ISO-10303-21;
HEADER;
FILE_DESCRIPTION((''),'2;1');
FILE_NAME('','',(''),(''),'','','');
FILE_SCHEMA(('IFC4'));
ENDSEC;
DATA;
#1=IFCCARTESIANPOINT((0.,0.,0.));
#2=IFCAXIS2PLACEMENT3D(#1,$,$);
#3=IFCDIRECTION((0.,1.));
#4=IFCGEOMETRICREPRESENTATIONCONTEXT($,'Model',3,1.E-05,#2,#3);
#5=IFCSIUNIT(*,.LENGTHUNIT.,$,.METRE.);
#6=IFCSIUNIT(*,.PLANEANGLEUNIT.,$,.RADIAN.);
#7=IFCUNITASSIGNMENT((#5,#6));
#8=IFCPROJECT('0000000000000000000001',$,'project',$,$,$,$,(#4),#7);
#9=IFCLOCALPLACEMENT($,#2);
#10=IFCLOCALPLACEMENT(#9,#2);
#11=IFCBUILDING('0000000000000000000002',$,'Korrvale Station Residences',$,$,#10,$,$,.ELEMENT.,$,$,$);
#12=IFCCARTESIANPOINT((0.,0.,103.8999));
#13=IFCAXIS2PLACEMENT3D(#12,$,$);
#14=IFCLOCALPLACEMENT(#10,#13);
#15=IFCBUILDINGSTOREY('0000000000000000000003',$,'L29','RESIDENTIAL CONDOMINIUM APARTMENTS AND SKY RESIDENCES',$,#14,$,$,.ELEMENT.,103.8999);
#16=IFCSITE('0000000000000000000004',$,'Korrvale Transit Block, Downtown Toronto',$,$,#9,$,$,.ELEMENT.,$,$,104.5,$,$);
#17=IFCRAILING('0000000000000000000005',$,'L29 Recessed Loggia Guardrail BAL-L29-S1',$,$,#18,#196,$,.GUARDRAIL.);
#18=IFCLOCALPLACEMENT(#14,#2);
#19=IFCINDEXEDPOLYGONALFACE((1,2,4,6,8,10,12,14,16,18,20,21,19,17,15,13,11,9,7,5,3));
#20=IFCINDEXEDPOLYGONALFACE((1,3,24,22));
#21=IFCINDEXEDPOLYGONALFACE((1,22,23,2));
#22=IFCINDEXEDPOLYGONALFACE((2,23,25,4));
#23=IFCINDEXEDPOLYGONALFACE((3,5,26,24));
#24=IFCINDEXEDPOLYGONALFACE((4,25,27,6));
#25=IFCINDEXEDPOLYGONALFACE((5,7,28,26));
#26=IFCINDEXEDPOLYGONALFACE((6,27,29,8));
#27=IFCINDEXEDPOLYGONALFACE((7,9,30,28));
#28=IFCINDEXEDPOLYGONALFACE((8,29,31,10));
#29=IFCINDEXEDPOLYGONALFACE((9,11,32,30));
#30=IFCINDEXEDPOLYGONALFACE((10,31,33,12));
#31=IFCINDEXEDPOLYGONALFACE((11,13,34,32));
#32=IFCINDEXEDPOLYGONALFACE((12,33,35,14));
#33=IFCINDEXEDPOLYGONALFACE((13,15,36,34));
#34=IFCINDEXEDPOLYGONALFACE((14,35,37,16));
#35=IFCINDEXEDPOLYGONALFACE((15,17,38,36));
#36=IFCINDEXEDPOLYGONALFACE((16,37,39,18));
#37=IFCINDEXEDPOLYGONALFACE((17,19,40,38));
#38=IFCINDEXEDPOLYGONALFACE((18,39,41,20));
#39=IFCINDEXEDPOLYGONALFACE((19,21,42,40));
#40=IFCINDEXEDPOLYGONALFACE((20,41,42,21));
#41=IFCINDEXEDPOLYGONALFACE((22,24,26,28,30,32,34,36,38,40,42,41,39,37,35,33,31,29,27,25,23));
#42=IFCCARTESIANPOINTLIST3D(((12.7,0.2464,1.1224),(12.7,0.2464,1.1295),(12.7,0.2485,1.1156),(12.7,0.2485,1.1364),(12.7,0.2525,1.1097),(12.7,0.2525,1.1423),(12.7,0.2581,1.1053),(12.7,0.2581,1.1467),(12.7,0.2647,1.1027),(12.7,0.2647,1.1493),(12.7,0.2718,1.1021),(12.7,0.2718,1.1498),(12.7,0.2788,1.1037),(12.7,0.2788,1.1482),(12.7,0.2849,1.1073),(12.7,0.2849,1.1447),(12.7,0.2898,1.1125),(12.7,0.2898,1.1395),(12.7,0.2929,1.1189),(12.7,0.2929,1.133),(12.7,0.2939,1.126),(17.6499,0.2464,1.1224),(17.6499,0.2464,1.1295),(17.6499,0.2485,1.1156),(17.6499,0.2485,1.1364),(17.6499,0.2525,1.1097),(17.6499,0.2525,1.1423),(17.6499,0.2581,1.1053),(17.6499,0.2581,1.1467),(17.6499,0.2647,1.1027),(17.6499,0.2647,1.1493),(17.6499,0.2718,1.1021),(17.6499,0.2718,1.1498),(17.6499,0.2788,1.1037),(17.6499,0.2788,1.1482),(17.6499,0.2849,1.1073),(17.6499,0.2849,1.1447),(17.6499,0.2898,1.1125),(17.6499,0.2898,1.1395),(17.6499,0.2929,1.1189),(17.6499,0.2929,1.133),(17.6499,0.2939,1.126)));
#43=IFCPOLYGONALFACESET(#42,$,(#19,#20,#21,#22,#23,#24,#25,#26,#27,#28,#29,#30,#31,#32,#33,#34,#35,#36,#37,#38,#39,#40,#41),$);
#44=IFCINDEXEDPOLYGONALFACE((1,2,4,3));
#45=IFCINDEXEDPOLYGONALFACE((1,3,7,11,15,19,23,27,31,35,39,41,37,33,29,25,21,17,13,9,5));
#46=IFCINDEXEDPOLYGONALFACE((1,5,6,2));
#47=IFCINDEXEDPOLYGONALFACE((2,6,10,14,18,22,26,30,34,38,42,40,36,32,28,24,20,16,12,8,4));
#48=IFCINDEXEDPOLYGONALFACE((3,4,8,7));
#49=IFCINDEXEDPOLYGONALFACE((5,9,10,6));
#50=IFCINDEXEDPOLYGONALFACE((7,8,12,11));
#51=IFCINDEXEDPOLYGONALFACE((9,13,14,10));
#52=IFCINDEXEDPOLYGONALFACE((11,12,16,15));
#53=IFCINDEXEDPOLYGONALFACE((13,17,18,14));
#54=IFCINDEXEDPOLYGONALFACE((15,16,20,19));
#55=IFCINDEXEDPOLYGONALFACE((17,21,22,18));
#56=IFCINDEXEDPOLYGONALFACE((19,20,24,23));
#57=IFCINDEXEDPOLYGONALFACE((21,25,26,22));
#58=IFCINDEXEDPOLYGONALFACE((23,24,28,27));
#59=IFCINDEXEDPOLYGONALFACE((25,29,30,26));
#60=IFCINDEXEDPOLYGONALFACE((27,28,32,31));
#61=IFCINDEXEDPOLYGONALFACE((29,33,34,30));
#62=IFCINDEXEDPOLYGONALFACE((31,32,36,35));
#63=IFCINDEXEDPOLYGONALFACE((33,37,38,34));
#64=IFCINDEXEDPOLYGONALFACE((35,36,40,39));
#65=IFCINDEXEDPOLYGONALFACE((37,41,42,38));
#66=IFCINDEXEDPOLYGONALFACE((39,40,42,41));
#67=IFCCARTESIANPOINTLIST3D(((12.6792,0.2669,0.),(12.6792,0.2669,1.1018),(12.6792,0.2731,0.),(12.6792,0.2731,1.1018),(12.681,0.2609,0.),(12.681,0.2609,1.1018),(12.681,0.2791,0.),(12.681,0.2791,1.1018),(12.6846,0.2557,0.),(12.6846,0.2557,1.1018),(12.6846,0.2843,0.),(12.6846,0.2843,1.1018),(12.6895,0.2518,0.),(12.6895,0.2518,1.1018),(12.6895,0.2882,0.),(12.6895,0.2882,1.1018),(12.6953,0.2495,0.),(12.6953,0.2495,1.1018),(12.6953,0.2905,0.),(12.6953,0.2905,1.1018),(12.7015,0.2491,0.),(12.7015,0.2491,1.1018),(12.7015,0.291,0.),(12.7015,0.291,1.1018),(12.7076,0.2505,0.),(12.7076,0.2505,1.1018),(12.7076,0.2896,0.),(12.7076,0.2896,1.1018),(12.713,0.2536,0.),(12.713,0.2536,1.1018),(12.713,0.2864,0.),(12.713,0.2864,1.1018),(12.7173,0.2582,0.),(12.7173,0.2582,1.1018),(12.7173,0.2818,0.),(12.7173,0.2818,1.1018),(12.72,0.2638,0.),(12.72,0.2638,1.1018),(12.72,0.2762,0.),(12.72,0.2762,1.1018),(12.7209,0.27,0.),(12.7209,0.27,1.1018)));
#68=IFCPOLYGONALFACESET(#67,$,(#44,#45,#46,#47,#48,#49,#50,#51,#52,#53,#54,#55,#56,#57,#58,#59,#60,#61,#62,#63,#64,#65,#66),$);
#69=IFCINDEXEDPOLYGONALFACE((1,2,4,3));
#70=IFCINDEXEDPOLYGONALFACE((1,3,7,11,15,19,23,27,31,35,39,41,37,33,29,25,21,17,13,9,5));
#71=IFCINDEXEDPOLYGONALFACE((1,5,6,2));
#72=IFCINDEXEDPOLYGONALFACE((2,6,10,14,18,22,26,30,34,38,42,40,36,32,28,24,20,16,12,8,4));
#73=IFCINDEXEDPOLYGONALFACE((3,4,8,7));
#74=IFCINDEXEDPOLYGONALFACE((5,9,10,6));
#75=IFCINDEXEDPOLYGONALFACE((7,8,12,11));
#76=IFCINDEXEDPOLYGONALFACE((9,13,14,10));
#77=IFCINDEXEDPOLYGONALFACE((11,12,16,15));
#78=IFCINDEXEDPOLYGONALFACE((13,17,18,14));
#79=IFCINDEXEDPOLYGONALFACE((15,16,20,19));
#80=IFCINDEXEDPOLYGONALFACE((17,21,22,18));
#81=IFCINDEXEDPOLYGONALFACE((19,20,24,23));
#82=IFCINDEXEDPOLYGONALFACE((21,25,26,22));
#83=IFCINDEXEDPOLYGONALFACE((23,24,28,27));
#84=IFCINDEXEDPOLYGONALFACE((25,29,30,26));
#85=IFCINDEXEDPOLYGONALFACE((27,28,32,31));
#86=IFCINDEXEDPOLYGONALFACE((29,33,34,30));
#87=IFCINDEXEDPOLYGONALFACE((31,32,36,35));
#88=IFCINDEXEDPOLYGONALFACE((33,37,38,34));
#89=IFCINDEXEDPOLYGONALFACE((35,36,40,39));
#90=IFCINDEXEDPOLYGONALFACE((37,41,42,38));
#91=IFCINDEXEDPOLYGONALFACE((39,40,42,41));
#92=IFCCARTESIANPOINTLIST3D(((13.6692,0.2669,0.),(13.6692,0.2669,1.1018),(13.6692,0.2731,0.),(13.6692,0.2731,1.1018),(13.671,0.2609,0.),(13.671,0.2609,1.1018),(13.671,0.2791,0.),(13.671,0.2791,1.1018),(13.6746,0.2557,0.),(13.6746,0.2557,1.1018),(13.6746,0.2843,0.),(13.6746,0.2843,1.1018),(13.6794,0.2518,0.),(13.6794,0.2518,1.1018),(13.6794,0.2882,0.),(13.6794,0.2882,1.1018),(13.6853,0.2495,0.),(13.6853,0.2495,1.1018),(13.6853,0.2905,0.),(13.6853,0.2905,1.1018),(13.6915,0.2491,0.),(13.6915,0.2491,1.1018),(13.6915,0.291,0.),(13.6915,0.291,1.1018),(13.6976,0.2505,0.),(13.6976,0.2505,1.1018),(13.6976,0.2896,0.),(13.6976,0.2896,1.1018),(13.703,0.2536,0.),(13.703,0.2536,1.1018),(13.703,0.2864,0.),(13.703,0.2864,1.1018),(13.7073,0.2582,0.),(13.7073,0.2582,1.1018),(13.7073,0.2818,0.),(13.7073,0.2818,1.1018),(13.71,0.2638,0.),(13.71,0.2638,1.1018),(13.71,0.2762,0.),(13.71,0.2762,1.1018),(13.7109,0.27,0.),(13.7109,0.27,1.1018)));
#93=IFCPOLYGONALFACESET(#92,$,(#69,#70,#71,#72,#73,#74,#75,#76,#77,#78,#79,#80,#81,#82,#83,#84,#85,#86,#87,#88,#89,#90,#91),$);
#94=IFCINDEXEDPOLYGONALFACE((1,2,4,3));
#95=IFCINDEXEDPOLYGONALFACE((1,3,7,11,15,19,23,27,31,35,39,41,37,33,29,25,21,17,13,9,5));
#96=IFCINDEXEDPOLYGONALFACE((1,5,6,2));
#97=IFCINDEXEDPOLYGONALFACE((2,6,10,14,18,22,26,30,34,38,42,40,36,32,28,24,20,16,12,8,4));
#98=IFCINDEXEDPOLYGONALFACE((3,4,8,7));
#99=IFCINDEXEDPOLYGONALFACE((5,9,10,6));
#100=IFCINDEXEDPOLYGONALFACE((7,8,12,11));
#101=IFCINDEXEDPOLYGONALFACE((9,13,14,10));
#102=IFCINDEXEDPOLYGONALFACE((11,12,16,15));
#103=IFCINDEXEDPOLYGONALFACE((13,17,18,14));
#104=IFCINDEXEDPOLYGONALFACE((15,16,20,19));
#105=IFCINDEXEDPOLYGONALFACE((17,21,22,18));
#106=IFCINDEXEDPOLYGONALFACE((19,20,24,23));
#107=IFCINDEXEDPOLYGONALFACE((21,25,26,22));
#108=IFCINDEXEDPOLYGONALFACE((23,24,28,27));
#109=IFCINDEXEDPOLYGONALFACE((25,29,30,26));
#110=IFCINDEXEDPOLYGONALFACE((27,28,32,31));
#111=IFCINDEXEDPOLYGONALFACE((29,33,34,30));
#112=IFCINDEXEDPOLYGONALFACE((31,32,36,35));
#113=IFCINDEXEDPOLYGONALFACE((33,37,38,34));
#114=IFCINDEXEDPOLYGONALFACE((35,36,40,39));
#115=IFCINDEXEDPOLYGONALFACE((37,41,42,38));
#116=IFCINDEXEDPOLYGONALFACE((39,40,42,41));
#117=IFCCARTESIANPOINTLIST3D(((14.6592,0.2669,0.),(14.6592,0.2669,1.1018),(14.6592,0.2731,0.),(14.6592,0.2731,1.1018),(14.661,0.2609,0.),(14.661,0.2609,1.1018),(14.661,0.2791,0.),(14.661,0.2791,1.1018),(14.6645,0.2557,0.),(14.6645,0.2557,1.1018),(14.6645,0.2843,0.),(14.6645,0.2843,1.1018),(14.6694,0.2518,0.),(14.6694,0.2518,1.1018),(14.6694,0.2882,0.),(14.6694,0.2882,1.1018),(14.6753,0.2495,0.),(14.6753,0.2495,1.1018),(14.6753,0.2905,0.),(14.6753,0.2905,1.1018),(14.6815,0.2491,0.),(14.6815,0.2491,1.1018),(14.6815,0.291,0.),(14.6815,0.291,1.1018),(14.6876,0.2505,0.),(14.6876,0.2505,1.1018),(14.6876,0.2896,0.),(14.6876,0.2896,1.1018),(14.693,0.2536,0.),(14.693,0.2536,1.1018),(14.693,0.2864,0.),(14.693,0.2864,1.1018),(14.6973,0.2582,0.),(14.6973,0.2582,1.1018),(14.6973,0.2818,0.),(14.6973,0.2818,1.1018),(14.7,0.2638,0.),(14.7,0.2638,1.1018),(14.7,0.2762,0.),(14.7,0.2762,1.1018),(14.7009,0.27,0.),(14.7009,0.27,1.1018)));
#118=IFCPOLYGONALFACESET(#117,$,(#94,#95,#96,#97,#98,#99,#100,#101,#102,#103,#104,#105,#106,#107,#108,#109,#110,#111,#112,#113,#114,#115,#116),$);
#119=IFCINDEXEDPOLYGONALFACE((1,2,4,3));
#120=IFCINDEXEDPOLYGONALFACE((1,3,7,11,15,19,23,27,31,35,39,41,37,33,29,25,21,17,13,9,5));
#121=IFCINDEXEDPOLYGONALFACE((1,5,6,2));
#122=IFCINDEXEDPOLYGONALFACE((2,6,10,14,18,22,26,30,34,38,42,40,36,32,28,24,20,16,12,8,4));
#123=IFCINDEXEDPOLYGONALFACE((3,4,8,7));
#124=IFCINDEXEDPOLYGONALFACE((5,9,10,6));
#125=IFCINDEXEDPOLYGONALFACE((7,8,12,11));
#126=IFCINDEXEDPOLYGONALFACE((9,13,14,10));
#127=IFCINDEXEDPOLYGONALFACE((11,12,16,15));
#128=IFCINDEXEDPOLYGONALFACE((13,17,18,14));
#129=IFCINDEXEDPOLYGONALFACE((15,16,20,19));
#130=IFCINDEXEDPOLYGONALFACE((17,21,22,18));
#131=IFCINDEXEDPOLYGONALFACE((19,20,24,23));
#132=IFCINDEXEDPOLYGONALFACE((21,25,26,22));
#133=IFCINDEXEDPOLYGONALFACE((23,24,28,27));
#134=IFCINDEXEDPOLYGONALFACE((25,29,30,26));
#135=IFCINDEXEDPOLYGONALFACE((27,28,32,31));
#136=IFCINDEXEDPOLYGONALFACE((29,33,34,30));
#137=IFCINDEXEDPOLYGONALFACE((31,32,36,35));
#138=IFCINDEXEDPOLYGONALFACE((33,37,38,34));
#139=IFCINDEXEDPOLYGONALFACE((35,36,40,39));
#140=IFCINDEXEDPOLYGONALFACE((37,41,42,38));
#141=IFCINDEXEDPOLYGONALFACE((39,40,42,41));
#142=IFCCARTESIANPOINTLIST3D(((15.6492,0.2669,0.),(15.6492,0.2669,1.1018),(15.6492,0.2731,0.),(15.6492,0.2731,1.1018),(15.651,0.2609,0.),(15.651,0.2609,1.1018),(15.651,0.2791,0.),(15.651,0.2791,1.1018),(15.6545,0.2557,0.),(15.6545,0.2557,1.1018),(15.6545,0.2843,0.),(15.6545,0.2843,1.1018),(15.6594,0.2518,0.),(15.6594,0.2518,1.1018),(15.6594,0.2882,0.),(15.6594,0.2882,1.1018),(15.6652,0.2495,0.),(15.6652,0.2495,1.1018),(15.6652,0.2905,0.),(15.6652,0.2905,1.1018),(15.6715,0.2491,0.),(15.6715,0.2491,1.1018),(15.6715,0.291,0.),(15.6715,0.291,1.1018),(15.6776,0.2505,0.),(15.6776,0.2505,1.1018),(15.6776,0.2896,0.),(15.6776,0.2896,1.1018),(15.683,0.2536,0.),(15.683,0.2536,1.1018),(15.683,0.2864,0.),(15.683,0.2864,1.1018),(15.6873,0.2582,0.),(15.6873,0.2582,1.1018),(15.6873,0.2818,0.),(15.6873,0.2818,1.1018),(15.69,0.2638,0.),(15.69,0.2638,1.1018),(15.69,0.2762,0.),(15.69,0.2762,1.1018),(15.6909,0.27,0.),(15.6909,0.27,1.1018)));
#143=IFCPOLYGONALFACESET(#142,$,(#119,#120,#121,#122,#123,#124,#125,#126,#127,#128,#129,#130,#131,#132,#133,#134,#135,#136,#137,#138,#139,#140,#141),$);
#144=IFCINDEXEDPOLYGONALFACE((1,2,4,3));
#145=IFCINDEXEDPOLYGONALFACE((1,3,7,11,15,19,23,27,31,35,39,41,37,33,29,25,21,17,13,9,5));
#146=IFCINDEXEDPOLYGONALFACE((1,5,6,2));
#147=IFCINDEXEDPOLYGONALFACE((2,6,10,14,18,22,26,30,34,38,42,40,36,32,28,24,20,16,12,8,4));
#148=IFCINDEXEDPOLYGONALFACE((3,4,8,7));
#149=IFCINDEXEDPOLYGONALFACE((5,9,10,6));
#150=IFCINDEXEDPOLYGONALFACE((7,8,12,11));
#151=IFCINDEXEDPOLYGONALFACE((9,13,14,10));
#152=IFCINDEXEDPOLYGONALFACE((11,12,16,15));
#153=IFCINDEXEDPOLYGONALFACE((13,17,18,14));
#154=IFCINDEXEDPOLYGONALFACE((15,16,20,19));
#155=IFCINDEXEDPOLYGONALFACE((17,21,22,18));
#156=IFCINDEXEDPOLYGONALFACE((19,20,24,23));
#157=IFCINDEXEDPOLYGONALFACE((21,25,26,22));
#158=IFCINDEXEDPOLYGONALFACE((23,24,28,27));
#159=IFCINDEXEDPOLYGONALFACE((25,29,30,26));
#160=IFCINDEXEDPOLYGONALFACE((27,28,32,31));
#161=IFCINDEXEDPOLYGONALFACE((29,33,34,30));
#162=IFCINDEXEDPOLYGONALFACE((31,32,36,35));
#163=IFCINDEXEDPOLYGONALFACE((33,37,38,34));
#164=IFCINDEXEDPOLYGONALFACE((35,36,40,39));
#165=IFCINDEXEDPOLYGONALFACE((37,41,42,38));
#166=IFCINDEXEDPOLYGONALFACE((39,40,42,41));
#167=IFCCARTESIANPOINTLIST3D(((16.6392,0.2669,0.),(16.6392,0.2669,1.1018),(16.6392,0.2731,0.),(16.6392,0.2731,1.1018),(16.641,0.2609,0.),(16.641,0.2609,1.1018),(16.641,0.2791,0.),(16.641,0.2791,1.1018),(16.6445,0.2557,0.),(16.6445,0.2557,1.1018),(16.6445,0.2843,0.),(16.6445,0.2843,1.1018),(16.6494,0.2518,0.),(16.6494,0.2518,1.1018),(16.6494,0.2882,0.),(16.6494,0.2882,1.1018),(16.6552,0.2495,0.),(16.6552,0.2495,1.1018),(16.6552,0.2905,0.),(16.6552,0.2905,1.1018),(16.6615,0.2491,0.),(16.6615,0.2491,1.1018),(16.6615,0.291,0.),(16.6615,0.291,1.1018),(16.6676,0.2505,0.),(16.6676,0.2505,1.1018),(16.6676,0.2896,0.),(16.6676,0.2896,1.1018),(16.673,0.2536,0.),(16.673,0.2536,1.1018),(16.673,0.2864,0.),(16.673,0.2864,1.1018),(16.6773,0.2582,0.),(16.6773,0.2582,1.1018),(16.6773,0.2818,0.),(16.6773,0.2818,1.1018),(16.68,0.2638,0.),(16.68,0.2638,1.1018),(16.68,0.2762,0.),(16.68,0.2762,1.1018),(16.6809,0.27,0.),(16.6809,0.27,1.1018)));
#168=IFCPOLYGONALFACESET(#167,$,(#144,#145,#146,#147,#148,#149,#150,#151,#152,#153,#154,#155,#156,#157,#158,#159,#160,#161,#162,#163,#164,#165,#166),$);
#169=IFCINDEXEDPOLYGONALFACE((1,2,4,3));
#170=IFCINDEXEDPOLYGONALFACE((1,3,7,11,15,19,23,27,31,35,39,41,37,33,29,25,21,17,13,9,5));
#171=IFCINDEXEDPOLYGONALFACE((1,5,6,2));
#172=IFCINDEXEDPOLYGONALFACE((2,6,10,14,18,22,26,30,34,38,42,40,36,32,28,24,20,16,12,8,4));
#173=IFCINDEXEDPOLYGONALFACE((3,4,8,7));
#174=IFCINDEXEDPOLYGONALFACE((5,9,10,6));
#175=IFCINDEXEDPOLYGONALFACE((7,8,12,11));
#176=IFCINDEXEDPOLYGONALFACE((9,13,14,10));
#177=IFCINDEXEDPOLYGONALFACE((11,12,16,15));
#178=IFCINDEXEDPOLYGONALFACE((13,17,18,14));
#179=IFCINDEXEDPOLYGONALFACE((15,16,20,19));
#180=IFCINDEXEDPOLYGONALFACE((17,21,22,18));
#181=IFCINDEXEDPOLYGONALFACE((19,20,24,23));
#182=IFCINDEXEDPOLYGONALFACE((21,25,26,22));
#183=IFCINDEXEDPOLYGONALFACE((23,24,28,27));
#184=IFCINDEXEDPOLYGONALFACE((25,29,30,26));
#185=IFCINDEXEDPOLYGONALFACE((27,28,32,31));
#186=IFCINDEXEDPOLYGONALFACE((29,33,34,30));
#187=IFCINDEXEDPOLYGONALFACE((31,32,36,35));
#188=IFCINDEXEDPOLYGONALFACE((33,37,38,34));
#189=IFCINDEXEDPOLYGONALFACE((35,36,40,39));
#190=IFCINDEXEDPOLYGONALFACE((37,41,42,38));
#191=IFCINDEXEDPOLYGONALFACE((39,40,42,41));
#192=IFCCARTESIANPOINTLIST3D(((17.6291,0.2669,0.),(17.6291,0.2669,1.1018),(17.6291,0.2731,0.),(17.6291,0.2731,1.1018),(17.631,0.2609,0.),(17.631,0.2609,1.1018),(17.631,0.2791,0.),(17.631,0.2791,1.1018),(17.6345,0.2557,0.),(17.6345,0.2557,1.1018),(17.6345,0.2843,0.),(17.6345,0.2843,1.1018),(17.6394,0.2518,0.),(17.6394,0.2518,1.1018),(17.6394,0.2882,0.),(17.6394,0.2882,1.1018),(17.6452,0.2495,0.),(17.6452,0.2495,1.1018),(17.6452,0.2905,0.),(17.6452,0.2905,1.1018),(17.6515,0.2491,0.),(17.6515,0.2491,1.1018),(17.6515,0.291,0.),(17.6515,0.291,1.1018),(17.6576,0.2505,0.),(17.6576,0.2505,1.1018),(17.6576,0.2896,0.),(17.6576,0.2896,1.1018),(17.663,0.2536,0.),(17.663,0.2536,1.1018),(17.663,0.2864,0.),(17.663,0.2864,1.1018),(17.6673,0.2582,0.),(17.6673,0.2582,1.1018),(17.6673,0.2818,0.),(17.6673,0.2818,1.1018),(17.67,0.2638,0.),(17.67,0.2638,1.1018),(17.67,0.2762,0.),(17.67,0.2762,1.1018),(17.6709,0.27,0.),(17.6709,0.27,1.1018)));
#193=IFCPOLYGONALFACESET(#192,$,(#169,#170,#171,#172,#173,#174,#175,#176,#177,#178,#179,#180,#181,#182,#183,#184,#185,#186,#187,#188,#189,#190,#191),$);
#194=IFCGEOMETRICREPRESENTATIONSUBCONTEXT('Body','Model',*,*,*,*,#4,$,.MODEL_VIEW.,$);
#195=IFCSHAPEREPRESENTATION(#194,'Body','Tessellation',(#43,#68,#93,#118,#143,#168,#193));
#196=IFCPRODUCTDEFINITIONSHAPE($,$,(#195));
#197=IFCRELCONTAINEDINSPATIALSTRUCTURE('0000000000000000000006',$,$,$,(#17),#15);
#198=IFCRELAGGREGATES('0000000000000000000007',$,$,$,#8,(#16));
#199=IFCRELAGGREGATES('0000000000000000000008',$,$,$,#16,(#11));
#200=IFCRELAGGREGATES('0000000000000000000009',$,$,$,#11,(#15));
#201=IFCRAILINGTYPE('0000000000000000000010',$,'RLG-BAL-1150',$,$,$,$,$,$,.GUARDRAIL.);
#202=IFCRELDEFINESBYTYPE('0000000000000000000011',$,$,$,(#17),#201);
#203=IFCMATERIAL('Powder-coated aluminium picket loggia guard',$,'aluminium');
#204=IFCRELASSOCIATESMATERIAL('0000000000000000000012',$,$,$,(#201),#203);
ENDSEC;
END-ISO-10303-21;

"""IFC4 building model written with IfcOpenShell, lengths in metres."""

from ifc_helpers import new_model, si_unit, direction, frame, origin, origin_2d, place, context, subcontext, project, spatial, circle, extrude, material, type_object, element, save


model = new_model("IFC4")

# Units and contexts
model_context = context("Model", 3, precision=1e-05, world=origin(), true_north=direction((0.0, 1.0)))
body_context = subcontext(model_context, "Body", "Model", "MODEL_VIEW")
ifc_project = project(units=[si_unit("LENGTHUNIT", "METRE"), si_unit("PLANEANGLEUNIT", "RADIAN")], contexts=[model_context])

# Site, building, storey
site_placement = place(None, origin())
site = spatial("IfcSite", under=ifc_project, at=site_placement, Name="Korrvale Transit Block, Downtown Toronto", CompositionType="ELEMENT", RefElevation=104.5)
building_placement = place(site_placement, origin())
building = spatial("IfcBuilding", under=site, at=building_placement, Name="Korrvale Station Residences", CompositionType="ELEMENT")
storey_placement = place(building_placement, frame((0.0, 0.0, 103.8999)))
storey = spatial("IfcBuildingStorey", under=building, at=storey_placement, Name="L29", Description="RESIDENTIAL CONDOMINIUM APARTMENTS AND SKY RESIDENCES", CompositionType="ELEMENT", Elevation=103.8999)

# Railing
ifc_material_1 = material(Name="Powder-coated aluminium picket loggia guard", Category="aluminium")
railing_type = type_object("IfcRailingType", Name="RLG-BAL-1150", PredefinedType="GUARDRAIL", material=ifc_material_1)
railing_placement = place(storey_placement, frame((12.7, 0.27, 0.0)))
element("IfcRailing", 1, at=railing_placement, inside=storey, type_object=railing_type, Name="L29 Recessed Loggia Guardrail BAL-L29-S1", PredefinedType="GUARDRAIL", context=body_context, shape_type="SweptSolid", body=[
    extrude(circle(Radius=0.0239, at=origin_2d()), frame((0.0, 0.0, 1.126), z_axis=(1.0, 0.0, 0.0), x_axis=(0.0, 1.0, 0.0)), (0.0, 0.0, 1.0), 4.95),
    extrude(circle(Radius=0.021, at=origin_2d()), origin(), (0.0, 0.0, 1.0), 1.1018),
    extrude(circle(Radius=0.021, at=origin_2d()), frame((0.99, 0.0, 0.0)), (0.0, 0.0, 1.0), 1.1018),
    extrude(circle(Radius=0.021, at=origin_2d()), frame((1.98, 0.0, 0.0)), (0.0, 0.0, 1.0), 1.1018),
    extrude(circle(Radius=0.021, at=origin_2d()), frame((2.97, 0.0, 0.0)), (0.0, 0.0, 1.0), 1.1018),
    extrude(circle(Radius=0.021, at=origin_2d()), frame((3.96, 0.0, 0.0)), (0.0, 0.0, 1.0), 1.1018),
    extrude(circle(Radius=0.021, at=origin_2d()), frame((4.95, 0.0, 0.0)), (0.0, 0.0, 1.0), 1.1018),
])

save(model, "model.ifc")
